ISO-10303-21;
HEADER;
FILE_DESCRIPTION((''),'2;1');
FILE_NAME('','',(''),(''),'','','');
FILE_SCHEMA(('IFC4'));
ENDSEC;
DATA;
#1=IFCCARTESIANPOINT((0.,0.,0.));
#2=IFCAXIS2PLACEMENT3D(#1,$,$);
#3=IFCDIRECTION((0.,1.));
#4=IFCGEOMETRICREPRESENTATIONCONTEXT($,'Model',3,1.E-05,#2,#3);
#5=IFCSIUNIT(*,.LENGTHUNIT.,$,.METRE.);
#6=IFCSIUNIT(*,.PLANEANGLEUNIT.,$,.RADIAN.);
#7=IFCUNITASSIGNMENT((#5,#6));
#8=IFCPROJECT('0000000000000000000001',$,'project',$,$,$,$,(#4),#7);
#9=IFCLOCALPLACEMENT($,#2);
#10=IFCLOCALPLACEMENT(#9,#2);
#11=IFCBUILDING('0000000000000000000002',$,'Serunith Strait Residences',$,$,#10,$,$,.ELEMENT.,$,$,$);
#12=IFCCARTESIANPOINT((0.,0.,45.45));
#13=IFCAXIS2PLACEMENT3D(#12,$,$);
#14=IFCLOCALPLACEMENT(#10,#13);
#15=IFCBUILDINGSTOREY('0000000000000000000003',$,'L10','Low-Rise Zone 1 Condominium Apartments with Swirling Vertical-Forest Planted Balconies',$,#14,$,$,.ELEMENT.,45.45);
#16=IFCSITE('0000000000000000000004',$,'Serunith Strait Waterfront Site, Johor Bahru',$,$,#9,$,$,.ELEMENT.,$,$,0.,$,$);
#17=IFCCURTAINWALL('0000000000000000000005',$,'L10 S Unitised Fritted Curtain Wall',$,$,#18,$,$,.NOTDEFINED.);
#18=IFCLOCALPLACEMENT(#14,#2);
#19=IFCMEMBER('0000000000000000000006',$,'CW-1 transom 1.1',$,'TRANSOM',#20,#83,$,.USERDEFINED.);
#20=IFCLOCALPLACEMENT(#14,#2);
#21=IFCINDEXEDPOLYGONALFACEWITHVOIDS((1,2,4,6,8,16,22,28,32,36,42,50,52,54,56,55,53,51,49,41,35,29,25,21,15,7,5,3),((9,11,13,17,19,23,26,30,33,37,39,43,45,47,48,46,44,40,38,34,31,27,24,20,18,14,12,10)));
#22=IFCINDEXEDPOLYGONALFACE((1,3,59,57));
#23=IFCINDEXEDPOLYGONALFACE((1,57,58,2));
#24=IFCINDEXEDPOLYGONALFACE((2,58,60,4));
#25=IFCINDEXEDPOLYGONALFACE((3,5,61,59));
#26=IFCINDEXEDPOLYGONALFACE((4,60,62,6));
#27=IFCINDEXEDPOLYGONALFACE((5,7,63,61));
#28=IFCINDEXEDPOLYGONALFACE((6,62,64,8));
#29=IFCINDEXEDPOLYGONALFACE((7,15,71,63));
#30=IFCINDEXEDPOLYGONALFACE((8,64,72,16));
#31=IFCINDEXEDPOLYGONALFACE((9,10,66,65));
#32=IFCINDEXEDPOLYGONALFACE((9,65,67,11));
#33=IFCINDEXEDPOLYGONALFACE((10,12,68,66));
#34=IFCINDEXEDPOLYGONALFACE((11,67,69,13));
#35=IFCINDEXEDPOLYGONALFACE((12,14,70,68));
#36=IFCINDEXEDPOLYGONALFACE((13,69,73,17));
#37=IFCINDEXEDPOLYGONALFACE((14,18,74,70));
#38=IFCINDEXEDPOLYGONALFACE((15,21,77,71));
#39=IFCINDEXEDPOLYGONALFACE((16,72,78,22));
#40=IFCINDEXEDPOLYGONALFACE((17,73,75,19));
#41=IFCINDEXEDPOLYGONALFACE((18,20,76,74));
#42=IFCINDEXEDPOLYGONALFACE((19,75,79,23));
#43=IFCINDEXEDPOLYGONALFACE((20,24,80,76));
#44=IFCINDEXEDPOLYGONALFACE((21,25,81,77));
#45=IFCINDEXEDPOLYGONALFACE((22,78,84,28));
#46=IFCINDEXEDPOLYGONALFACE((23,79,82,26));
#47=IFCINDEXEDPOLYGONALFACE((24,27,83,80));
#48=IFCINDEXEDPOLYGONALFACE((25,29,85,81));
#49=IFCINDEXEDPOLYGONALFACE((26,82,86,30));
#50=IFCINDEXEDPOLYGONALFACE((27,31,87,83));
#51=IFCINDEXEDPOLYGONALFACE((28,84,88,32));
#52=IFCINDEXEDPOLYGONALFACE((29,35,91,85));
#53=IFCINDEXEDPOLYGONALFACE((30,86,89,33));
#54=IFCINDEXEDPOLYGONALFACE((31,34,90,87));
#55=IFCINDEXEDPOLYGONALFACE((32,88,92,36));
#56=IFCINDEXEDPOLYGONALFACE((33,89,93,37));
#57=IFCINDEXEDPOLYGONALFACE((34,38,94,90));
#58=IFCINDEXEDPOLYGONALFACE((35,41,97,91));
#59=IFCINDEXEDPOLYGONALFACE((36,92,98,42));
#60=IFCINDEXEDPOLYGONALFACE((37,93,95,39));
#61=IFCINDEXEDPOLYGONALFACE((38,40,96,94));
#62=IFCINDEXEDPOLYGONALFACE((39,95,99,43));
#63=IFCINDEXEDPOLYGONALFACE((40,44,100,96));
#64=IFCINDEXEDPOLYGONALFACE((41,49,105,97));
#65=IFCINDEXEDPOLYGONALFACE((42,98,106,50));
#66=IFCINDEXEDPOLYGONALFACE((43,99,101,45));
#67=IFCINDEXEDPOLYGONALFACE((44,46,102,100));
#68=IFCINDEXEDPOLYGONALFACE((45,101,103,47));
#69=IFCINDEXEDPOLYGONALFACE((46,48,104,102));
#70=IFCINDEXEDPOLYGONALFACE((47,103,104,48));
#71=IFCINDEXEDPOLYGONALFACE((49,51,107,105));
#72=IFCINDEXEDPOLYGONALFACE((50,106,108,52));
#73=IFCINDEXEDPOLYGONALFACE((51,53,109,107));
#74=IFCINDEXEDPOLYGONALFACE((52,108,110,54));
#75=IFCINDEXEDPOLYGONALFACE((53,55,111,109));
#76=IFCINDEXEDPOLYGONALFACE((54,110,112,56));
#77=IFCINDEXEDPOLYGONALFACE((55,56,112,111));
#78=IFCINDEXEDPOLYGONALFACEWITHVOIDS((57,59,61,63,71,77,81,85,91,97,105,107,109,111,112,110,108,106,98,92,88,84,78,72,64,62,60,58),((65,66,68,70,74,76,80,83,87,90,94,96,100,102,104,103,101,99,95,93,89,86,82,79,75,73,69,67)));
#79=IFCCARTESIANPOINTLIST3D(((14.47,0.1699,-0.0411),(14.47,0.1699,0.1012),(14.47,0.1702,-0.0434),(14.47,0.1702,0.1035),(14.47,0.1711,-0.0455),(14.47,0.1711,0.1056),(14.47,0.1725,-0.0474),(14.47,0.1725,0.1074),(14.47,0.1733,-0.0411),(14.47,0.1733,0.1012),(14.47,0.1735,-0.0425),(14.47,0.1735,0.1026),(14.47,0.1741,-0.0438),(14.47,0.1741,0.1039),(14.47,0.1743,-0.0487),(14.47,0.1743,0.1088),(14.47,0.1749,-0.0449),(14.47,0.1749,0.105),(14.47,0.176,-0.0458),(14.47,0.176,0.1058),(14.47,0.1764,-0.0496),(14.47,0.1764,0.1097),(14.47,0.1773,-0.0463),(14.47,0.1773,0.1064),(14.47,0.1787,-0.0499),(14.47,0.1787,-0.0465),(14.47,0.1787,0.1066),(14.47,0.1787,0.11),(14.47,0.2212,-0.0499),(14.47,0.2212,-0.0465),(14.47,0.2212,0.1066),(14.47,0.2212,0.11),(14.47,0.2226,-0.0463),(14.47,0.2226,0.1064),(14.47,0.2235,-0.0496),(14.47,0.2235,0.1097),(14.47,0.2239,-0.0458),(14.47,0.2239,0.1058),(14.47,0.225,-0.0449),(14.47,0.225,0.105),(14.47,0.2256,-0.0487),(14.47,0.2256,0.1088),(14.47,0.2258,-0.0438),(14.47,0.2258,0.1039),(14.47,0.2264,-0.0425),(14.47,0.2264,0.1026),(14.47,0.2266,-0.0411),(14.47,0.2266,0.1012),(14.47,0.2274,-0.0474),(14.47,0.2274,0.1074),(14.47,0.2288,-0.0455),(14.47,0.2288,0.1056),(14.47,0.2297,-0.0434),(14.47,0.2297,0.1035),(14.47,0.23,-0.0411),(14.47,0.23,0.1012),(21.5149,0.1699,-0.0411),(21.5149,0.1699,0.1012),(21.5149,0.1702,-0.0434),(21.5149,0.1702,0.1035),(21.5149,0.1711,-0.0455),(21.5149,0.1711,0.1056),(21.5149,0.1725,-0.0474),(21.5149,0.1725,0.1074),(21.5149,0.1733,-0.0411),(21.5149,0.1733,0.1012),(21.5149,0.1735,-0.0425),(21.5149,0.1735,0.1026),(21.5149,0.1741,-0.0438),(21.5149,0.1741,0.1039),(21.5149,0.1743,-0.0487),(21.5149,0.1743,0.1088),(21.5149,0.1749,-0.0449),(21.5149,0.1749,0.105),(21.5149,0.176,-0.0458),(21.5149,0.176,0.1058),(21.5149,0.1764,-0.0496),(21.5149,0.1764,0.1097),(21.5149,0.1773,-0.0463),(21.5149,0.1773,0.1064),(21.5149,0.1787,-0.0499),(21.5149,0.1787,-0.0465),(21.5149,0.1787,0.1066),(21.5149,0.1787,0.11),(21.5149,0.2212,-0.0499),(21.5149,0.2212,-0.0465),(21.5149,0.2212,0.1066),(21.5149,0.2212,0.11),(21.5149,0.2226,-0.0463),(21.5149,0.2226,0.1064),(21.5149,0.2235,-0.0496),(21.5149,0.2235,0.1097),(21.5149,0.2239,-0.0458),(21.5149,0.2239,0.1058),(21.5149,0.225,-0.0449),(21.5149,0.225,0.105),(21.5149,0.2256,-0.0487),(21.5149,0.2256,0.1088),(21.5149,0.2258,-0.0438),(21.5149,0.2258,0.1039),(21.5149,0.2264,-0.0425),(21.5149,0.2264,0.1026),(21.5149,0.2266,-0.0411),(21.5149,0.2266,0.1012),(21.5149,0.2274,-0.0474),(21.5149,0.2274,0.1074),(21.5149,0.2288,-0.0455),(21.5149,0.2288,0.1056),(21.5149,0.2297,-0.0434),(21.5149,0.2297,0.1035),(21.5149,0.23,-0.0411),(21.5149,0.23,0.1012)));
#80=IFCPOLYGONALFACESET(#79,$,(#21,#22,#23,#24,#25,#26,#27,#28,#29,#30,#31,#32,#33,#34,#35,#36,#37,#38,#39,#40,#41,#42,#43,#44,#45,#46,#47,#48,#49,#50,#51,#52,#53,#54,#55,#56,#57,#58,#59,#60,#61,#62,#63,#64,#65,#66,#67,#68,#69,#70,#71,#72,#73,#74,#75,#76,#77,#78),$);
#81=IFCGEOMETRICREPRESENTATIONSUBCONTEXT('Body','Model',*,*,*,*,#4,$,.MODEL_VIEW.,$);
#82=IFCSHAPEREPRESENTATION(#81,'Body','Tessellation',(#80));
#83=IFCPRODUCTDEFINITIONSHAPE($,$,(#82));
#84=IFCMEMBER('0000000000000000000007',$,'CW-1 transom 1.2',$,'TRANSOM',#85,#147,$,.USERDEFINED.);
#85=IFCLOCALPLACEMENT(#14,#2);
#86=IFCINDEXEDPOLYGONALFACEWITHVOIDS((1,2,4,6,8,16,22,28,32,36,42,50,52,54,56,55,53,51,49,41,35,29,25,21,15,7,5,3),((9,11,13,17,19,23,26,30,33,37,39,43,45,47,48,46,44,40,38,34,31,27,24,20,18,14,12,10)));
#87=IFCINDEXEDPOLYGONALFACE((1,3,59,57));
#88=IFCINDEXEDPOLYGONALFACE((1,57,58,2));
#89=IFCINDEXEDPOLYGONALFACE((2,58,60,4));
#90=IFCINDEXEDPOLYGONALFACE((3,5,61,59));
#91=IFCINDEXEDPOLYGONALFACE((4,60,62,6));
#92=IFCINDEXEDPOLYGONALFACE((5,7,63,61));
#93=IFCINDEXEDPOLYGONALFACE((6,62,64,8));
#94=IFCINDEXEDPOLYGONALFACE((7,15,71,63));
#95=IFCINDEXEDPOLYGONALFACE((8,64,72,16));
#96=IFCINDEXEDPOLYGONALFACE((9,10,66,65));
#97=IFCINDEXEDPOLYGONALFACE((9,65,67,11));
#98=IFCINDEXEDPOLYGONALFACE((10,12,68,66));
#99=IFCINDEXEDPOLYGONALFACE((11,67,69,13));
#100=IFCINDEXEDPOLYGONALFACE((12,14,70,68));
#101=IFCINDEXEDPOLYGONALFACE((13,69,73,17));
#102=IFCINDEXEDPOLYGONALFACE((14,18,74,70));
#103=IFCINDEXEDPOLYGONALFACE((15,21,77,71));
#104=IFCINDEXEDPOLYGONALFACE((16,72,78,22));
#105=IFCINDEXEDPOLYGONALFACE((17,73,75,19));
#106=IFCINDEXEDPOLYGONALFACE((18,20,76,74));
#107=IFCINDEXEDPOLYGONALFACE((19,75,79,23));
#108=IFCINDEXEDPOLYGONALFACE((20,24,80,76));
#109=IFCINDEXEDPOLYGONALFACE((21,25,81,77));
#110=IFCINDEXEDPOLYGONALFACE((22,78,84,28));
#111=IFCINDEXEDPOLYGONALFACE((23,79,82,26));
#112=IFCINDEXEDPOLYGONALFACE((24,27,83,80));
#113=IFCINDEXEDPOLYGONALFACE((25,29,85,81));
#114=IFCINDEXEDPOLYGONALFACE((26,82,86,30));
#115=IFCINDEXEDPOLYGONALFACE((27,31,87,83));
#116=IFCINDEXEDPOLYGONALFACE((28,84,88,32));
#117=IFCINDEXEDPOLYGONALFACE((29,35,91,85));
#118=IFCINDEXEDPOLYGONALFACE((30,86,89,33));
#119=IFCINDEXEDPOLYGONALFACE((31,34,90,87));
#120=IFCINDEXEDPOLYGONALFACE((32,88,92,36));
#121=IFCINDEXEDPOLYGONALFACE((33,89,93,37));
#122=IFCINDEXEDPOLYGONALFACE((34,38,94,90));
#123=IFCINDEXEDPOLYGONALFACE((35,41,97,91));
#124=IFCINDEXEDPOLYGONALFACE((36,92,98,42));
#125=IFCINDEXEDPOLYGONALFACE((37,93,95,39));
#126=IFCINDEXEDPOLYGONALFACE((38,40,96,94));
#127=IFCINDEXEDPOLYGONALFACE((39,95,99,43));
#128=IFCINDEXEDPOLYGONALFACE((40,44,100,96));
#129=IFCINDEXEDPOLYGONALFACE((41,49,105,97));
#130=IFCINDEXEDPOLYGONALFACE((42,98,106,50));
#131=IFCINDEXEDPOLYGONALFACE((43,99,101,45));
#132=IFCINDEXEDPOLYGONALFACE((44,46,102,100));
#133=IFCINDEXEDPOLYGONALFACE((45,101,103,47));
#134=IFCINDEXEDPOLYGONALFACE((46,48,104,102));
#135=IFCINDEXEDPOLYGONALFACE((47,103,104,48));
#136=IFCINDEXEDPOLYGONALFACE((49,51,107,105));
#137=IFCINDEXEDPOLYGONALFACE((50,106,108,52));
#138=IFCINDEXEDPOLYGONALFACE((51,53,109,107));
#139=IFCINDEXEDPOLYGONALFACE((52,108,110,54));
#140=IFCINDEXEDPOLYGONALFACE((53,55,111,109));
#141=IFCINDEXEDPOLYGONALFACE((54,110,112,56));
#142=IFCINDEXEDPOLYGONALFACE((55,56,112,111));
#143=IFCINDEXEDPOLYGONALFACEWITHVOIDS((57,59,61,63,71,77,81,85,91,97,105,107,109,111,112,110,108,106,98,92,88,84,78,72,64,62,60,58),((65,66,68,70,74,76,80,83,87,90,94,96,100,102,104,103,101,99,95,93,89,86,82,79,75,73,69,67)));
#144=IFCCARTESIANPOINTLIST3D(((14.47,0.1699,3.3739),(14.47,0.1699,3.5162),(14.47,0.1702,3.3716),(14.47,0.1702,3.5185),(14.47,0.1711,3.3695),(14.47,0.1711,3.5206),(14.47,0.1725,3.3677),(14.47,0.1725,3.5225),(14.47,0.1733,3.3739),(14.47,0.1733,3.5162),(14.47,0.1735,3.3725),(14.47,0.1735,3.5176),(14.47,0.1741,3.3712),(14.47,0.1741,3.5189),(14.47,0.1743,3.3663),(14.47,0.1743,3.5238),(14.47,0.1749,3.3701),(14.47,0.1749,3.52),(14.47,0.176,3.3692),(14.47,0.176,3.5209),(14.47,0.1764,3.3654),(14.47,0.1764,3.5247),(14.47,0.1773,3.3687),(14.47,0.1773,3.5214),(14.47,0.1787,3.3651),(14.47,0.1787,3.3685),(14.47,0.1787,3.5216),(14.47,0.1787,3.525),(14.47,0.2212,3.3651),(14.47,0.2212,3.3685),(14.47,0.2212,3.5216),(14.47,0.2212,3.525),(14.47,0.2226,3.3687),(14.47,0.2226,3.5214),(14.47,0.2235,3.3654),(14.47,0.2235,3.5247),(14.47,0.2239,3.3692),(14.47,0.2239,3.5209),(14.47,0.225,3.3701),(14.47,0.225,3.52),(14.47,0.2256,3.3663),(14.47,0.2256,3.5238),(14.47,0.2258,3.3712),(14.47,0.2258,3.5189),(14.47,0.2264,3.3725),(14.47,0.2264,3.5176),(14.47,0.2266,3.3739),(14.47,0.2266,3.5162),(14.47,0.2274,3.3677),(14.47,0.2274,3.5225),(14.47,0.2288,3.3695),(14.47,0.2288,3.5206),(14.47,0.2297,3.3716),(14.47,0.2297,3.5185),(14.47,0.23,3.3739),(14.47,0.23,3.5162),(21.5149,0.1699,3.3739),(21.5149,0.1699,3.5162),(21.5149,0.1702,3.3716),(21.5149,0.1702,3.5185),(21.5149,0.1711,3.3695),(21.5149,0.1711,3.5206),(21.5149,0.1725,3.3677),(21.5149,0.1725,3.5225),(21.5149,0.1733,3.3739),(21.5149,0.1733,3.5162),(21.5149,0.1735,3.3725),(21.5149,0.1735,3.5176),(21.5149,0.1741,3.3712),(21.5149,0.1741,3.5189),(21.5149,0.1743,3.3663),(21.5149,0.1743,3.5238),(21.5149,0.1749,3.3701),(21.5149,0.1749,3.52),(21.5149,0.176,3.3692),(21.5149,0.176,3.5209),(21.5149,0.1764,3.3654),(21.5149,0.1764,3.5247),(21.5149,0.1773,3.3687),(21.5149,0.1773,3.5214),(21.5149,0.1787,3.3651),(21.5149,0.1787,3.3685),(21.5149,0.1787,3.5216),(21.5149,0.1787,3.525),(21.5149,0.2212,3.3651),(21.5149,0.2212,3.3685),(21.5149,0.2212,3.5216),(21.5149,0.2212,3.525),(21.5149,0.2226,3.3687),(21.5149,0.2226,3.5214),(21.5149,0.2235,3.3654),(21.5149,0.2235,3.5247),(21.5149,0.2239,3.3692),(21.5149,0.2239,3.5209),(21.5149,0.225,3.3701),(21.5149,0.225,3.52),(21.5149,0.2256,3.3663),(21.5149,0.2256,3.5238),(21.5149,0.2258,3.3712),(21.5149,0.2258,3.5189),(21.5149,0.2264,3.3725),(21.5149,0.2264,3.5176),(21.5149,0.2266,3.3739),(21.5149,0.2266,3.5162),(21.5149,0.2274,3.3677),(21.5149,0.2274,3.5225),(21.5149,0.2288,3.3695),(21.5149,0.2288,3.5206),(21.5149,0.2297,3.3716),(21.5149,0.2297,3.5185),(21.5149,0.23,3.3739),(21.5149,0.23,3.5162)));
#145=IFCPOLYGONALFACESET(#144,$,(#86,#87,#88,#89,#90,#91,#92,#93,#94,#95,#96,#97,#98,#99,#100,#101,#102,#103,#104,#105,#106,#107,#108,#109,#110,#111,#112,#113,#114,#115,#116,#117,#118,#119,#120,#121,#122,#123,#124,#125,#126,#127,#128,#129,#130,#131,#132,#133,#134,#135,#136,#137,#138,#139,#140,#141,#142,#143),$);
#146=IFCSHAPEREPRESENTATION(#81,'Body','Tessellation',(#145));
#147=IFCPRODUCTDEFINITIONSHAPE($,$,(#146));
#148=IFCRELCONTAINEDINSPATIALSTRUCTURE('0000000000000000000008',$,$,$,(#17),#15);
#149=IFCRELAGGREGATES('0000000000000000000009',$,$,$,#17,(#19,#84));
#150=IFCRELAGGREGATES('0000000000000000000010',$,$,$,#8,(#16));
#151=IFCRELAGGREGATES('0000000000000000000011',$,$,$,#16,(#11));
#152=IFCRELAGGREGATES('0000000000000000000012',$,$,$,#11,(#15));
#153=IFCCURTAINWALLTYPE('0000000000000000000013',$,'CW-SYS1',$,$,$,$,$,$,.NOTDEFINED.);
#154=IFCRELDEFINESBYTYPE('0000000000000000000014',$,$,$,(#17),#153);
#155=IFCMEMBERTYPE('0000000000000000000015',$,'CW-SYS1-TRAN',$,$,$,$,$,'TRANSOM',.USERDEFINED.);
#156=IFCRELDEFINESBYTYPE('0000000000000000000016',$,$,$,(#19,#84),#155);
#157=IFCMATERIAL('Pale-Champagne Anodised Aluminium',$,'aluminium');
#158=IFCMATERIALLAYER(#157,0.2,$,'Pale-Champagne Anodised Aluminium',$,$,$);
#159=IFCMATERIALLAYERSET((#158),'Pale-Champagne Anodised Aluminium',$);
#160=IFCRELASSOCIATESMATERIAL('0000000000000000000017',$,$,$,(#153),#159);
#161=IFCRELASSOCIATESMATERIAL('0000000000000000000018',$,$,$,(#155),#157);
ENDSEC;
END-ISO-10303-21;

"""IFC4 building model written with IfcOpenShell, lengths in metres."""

from ifc_helpers import new_model, si_unit, direction, frame, origin, origin_2d, place, context, subcontext, project, spatial, hollow_rectangle, extrude, source, transform, mapped, material, layer, layer_set, material_profile, profile_set, type_object, element, aggregate, save


model = new_model("IFC4")

# Units and contexts
model_context = context("Model", 3, precision=1e-05, world=origin(), true_north=direction((0.0, 1.0)))
body_context = subcontext(model_context, "Body", "Model", "MODEL_VIEW")
ifc_project = project(units=[si_unit("LENGTHUNIT", "METRE"), si_unit("PLANEANGLEUNIT", "RADIAN")], contexts=[model_context])

# Site, building, storey
site_placement = place(None, origin())
site = spatial("IfcSite", under=ifc_project, at=site_placement, Name="Serunith Strait Waterfront Site, Johor Bahru", CompositionType="ELEMENT", RefElevation=0.0)
building_placement = place(site_placement, origin())
building = spatial("IfcBuilding", under=site, at=building_placement, Name="Serunith Strait Residences", CompositionType="ELEMENT")
storey_placement = place(building_placement, frame((0.0, 0.0, 45.45)))
storey = spatial("IfcBuildingStorey", under=building, at=storey_placement, Name="L10", Description="Low-Rise Zone 1 Condominium Apartments with Swirling Vertical-Forest Planted Balconies", CompositionType="ELEMENT", Elevation=45.45)

# Curtain wall
ifc_material_1 = material(Name="Pale-Champagne Anodised Aluminium", Category="aluminium")
ifc_layer_1 = layer(ifc_material_1, 0.2, Name="Pale-Champagne Anodised Aluminium")
ifc_layer_set_1 = layer_set([ifc_layer_1], Name="Pale-Champagne Anodised Aluminium")
curtain_wall_type = type_object("IfcCurtainWallType", Name="CW-SYS1", PredefinedType="NOTDEFINED", material=ifc_layer_set_1)
curtain_wall_1_placement = place(storey_placement, origin())
curtain_wall_1 = element("IfcCurtainWall", 1, at=curtain_wall_1_placement, inside=storey, type_object=curtain_wall_type, Name="L10 S Unitised Fritted Curtain Wall", PredefinedType="NOTDEFINED")

# Members
ifc_material_profile_1 = material_profile(ifc_material_1, hollow_rectangle(XDim=0.0601, YDim=0.1599, WallThickness=0.0034, InnerFilletRadius=0.0054, OuterFilletRadius=0.0088, at=origin_2d()), Name="ALU 160x60x3.5")
ifc_profile_set_1 = profile_set([ifc_material_profile_1], Name="Pale-Champagne Anodised Aluminium")
member_type_1 = type_object("IfcMemberType", Name="CW-SYS1-TRAN", ElementType="TRANSOM", PredefinedType="USERDEFINED", material=ifc_profile_set_1)
shared_shape_1 = source(origin(), body_context, "Body", "SweptSolid", [
    extrude(hollow_rectangle(XDim=0.0601, YDim=0.1599, WallThickness=0.0034, InnerFilletRadius=0.0054, OuterFilletRadius=0.0088, at=origin_2d()), origin(), (0.0, 0.0, 1.0), 7.0449),
])
member_1_placement = place(storey_placement, frame((14.47, 0.2, 0.03), z_axis=(1.0, 0.0, 0.0), x_axis=(0.0, 1.0, 0.0)))
member_1 = element("IfcMember", 2, at=member_1_placement, type_object=member_type_1, Name="CW-1 transom 1.1", ObjectType="TRANSOM", PredefinedType="USERDEFINED", context=body_context, shape_type="MappedRepresentation", body=[
    mapped(shared_shape_1, transform((0.0, 0.0, 0.0), scale=1.0)),
])
member_2_placement = place(storey_placement, frame((14.47, 0.2, 3.4451), z_axis=(1.0, 0.0, 0.0), x_axis=(0.0, 1.0, 0.0)))
member_2 = element("IfcMember", 3, at=member_2_placement, type_object=member_type_1, Name="CW-1 transom 1.2", ObjectType="TRANSOM", PredefinedType="USERDEFINED", context=body_context, shape_type="MappedRepresentation", body=[
    mapped(shared_shape_1, transform((0.0, 0.0, 0.0), scale=1.0)),
])
aggregate(curtain_wall_1, [member_1, member_2])

save(model, "model.ifc")
